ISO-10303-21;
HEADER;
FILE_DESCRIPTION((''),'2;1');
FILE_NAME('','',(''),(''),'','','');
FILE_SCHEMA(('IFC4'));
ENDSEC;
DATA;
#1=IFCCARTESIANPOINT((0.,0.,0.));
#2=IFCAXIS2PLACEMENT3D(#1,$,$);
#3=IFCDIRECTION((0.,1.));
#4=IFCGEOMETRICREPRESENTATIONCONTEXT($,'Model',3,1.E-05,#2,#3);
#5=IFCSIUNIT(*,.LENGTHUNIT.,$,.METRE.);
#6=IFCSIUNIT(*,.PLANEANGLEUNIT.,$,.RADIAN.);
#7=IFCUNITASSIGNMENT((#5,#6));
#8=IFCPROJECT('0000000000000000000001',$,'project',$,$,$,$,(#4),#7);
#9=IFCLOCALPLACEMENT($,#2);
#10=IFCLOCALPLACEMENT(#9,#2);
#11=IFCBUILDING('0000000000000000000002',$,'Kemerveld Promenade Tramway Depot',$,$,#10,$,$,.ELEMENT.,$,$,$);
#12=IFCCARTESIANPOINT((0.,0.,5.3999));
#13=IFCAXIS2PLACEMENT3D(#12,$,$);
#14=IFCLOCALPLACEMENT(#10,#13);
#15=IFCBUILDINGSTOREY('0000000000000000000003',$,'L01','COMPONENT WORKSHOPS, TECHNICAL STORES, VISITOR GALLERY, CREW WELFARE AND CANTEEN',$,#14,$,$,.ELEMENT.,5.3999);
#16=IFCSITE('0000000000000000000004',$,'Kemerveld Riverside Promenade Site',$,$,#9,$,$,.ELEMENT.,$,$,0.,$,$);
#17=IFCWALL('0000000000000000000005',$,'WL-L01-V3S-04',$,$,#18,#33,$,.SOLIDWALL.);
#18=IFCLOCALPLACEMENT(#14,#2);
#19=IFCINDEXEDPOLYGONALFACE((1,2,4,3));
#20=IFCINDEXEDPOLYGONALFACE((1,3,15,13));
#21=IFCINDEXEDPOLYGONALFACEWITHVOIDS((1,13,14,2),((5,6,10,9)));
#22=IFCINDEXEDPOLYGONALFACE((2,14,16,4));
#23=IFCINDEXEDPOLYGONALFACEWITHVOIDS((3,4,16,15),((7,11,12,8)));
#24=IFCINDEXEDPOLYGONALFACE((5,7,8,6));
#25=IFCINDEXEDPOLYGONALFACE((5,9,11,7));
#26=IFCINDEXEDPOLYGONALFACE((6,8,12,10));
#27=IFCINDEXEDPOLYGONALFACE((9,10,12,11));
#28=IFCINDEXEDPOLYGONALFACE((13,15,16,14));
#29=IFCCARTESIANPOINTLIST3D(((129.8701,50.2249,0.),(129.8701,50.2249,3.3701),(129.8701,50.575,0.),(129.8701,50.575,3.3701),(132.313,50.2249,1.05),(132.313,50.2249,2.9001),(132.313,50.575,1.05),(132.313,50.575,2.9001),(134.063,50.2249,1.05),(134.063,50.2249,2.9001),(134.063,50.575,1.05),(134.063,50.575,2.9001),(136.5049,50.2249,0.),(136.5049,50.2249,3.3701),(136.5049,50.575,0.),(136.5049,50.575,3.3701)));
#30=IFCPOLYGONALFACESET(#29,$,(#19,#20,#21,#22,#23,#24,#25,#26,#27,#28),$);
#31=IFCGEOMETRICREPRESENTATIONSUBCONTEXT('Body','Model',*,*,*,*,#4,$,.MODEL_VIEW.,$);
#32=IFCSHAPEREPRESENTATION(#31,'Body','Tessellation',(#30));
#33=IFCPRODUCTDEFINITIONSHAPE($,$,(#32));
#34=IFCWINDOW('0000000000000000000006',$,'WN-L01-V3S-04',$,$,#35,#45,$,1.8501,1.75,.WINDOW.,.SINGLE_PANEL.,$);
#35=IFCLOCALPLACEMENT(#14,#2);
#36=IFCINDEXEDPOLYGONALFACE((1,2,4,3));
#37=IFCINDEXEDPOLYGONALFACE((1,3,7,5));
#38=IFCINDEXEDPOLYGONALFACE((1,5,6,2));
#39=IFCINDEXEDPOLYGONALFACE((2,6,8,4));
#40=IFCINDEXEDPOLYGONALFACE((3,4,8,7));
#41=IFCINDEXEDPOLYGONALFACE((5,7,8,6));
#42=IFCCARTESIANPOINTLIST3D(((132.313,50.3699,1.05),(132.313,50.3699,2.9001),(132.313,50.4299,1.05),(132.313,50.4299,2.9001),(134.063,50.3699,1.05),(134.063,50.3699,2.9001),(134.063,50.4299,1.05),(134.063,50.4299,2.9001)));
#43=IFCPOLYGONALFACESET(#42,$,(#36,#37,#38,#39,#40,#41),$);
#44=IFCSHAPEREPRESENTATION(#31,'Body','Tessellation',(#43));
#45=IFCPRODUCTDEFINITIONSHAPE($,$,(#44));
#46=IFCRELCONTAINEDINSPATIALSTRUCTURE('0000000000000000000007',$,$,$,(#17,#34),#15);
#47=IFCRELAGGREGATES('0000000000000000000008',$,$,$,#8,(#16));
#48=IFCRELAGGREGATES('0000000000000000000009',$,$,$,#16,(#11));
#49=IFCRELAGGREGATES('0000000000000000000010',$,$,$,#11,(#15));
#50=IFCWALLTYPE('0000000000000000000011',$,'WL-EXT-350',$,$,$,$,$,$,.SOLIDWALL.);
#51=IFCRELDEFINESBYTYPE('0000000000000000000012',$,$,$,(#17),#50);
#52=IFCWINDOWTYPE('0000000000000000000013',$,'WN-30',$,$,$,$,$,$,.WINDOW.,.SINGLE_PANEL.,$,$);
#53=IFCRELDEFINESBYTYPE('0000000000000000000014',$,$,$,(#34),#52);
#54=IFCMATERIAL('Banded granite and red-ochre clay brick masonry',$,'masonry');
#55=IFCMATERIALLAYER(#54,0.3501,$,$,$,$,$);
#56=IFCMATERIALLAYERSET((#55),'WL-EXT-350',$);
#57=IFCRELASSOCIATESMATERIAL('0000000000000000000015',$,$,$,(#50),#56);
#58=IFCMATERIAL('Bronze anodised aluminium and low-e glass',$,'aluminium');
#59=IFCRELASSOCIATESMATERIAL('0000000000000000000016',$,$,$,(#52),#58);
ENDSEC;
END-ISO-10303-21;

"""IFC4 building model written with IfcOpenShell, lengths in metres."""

from ifc_helpers import new_model, si_unit, direction, frame, frame_2d, origin, place, context, subcontext, project, spatial, rectangle, extrude, material, layer, layer_set, type_object, element, fill, save


model = new_model("IFC4")

# Units and contexts
model_context = context("Model", 3, precision=1e-05, world=origin(), true_north=direction((0.0, 1.0)))
body_context = subcontext(model_context, "Body", "Model", "MODEL_VIEW")
ifc_project = project(units=[si_unit("LENGTHUNIT", "METRE"), si_unit("PLANEANGLEUNIT", "RADIAN")], contexts=[model_context])

# Site, building, storey
site_placement = place(None, origin())
site = spatial("IfcSite", under=ifc_project, at=site_placement, Name="Kemerveld Riverside Promenade Site", CompositionType="ELEMENT", RefElevation=0.0)
building_placement = place(site_placement, origin())
building = spatial("IfcBuilding", under=site, at=building_placement, Name="Kemerveld Promenade Tramway Depot", CompositionType="ELEMENT")
storey_placement = place(building_placement, frame((0.0, 0.0, 5.3999)))
storey = spatial("IfcBuildingStorey", under=building, at=storey_placement, Name="L01", Description="COMPONENT WORKSHOPS, TECHNICAL STORES, VISITOR GALLERY, CREW WELFARE AND CANTEEN", CompositionType="ELEMENT", Elevation=5.3999)

# Wall, opening, window
ifc_material_1 = material(Name="Banded granite and red-ochre clay brick masonry", Category="masonry")
ifc_layer_1 = layer(ifc_material_1, 0.3501)
ifc_layer_set_1 = layer_set([ifc_layer_1], Name="WL-EXT-350")
wall_type = type_object("IfcWallType", Name="WL-EXT-350", PredefinedType="SOLIDWALL", material=ifc_layer_set_1)
wall_placement = place(storey_placement, frame((136.5049, 50.3999, 0.0), z_axis=(0.0, 0.0, 1.0), x_axis=(-1.0, 0.0, 0.0)))
wall = element("IfcWall", 1, at=wall_placement, inside=storey, type_object=wall_type, Name="WL-L01-V3S-04", PredefinedType="SOLIDWALL", context=body_context, shape_type="SweptSolid", body=[
    extrude(rectangle(XDim=6.6348, YDim=0.3501, at=frame_2d((3.3174, 0.0))), origin(), (0.0, 0.0, 1.0), 3.3701),
])
opening_placement = place(wall_placement, frame((2.4419, 0.0, 1.05)))
opening = element("IfcOpeningElement", 2, at=opening_placement, cuts=wall, PredefinedType="OPENING", context=body_context, shape_type="SweptSolid", body=[
    extrude(rectangle(XDim=1.75, YDim=1.8501, at=frame_2d((0.875, 0.925))), frame((0.0, 0.1851, 0.0), z_axis=(0.0, -1.0, 0.0), x_axis=(1.0, 0.0, 0.0)), (0.0, 0.0, 1.0), 0.3701),
])
ifc_material_2 = material(Name="Bronze anodised aluminium and low-e glass", Category="aluminium")
window_type = type_object("IfcWindowType", Name="WN-30", PartitioningType="SINGLE_PANEL", PredefinedType="WINDOW", material=ifc_material_2)
window_placement = place(opening_placement, origin())
window = element("IfcWindow", 3, at=window_placement, inside=storey, type_object=window_type, Name="WN-L01-V3S-04", OverallHeight=1.8501, OverallWidth=1.75, PartitioningType="SINGLE_PANEL", PredefinedType="WINDOW", context=body_context, shape_type="SweptSolid", body=[
    extrude(rectangle(XDim=1.75, YDim=1.8501, at=frame_2d((0.875, 0.925))), frame((0.0, 0.03, 0.0), z_axis=(0.0, -1.0, 0.0), x_axis=(1.0, 0.0, 0.0)), (0.0, 0.0, 1.0), 0.0601),
])
fill(opening, window)

save(model, "model.ifc")
